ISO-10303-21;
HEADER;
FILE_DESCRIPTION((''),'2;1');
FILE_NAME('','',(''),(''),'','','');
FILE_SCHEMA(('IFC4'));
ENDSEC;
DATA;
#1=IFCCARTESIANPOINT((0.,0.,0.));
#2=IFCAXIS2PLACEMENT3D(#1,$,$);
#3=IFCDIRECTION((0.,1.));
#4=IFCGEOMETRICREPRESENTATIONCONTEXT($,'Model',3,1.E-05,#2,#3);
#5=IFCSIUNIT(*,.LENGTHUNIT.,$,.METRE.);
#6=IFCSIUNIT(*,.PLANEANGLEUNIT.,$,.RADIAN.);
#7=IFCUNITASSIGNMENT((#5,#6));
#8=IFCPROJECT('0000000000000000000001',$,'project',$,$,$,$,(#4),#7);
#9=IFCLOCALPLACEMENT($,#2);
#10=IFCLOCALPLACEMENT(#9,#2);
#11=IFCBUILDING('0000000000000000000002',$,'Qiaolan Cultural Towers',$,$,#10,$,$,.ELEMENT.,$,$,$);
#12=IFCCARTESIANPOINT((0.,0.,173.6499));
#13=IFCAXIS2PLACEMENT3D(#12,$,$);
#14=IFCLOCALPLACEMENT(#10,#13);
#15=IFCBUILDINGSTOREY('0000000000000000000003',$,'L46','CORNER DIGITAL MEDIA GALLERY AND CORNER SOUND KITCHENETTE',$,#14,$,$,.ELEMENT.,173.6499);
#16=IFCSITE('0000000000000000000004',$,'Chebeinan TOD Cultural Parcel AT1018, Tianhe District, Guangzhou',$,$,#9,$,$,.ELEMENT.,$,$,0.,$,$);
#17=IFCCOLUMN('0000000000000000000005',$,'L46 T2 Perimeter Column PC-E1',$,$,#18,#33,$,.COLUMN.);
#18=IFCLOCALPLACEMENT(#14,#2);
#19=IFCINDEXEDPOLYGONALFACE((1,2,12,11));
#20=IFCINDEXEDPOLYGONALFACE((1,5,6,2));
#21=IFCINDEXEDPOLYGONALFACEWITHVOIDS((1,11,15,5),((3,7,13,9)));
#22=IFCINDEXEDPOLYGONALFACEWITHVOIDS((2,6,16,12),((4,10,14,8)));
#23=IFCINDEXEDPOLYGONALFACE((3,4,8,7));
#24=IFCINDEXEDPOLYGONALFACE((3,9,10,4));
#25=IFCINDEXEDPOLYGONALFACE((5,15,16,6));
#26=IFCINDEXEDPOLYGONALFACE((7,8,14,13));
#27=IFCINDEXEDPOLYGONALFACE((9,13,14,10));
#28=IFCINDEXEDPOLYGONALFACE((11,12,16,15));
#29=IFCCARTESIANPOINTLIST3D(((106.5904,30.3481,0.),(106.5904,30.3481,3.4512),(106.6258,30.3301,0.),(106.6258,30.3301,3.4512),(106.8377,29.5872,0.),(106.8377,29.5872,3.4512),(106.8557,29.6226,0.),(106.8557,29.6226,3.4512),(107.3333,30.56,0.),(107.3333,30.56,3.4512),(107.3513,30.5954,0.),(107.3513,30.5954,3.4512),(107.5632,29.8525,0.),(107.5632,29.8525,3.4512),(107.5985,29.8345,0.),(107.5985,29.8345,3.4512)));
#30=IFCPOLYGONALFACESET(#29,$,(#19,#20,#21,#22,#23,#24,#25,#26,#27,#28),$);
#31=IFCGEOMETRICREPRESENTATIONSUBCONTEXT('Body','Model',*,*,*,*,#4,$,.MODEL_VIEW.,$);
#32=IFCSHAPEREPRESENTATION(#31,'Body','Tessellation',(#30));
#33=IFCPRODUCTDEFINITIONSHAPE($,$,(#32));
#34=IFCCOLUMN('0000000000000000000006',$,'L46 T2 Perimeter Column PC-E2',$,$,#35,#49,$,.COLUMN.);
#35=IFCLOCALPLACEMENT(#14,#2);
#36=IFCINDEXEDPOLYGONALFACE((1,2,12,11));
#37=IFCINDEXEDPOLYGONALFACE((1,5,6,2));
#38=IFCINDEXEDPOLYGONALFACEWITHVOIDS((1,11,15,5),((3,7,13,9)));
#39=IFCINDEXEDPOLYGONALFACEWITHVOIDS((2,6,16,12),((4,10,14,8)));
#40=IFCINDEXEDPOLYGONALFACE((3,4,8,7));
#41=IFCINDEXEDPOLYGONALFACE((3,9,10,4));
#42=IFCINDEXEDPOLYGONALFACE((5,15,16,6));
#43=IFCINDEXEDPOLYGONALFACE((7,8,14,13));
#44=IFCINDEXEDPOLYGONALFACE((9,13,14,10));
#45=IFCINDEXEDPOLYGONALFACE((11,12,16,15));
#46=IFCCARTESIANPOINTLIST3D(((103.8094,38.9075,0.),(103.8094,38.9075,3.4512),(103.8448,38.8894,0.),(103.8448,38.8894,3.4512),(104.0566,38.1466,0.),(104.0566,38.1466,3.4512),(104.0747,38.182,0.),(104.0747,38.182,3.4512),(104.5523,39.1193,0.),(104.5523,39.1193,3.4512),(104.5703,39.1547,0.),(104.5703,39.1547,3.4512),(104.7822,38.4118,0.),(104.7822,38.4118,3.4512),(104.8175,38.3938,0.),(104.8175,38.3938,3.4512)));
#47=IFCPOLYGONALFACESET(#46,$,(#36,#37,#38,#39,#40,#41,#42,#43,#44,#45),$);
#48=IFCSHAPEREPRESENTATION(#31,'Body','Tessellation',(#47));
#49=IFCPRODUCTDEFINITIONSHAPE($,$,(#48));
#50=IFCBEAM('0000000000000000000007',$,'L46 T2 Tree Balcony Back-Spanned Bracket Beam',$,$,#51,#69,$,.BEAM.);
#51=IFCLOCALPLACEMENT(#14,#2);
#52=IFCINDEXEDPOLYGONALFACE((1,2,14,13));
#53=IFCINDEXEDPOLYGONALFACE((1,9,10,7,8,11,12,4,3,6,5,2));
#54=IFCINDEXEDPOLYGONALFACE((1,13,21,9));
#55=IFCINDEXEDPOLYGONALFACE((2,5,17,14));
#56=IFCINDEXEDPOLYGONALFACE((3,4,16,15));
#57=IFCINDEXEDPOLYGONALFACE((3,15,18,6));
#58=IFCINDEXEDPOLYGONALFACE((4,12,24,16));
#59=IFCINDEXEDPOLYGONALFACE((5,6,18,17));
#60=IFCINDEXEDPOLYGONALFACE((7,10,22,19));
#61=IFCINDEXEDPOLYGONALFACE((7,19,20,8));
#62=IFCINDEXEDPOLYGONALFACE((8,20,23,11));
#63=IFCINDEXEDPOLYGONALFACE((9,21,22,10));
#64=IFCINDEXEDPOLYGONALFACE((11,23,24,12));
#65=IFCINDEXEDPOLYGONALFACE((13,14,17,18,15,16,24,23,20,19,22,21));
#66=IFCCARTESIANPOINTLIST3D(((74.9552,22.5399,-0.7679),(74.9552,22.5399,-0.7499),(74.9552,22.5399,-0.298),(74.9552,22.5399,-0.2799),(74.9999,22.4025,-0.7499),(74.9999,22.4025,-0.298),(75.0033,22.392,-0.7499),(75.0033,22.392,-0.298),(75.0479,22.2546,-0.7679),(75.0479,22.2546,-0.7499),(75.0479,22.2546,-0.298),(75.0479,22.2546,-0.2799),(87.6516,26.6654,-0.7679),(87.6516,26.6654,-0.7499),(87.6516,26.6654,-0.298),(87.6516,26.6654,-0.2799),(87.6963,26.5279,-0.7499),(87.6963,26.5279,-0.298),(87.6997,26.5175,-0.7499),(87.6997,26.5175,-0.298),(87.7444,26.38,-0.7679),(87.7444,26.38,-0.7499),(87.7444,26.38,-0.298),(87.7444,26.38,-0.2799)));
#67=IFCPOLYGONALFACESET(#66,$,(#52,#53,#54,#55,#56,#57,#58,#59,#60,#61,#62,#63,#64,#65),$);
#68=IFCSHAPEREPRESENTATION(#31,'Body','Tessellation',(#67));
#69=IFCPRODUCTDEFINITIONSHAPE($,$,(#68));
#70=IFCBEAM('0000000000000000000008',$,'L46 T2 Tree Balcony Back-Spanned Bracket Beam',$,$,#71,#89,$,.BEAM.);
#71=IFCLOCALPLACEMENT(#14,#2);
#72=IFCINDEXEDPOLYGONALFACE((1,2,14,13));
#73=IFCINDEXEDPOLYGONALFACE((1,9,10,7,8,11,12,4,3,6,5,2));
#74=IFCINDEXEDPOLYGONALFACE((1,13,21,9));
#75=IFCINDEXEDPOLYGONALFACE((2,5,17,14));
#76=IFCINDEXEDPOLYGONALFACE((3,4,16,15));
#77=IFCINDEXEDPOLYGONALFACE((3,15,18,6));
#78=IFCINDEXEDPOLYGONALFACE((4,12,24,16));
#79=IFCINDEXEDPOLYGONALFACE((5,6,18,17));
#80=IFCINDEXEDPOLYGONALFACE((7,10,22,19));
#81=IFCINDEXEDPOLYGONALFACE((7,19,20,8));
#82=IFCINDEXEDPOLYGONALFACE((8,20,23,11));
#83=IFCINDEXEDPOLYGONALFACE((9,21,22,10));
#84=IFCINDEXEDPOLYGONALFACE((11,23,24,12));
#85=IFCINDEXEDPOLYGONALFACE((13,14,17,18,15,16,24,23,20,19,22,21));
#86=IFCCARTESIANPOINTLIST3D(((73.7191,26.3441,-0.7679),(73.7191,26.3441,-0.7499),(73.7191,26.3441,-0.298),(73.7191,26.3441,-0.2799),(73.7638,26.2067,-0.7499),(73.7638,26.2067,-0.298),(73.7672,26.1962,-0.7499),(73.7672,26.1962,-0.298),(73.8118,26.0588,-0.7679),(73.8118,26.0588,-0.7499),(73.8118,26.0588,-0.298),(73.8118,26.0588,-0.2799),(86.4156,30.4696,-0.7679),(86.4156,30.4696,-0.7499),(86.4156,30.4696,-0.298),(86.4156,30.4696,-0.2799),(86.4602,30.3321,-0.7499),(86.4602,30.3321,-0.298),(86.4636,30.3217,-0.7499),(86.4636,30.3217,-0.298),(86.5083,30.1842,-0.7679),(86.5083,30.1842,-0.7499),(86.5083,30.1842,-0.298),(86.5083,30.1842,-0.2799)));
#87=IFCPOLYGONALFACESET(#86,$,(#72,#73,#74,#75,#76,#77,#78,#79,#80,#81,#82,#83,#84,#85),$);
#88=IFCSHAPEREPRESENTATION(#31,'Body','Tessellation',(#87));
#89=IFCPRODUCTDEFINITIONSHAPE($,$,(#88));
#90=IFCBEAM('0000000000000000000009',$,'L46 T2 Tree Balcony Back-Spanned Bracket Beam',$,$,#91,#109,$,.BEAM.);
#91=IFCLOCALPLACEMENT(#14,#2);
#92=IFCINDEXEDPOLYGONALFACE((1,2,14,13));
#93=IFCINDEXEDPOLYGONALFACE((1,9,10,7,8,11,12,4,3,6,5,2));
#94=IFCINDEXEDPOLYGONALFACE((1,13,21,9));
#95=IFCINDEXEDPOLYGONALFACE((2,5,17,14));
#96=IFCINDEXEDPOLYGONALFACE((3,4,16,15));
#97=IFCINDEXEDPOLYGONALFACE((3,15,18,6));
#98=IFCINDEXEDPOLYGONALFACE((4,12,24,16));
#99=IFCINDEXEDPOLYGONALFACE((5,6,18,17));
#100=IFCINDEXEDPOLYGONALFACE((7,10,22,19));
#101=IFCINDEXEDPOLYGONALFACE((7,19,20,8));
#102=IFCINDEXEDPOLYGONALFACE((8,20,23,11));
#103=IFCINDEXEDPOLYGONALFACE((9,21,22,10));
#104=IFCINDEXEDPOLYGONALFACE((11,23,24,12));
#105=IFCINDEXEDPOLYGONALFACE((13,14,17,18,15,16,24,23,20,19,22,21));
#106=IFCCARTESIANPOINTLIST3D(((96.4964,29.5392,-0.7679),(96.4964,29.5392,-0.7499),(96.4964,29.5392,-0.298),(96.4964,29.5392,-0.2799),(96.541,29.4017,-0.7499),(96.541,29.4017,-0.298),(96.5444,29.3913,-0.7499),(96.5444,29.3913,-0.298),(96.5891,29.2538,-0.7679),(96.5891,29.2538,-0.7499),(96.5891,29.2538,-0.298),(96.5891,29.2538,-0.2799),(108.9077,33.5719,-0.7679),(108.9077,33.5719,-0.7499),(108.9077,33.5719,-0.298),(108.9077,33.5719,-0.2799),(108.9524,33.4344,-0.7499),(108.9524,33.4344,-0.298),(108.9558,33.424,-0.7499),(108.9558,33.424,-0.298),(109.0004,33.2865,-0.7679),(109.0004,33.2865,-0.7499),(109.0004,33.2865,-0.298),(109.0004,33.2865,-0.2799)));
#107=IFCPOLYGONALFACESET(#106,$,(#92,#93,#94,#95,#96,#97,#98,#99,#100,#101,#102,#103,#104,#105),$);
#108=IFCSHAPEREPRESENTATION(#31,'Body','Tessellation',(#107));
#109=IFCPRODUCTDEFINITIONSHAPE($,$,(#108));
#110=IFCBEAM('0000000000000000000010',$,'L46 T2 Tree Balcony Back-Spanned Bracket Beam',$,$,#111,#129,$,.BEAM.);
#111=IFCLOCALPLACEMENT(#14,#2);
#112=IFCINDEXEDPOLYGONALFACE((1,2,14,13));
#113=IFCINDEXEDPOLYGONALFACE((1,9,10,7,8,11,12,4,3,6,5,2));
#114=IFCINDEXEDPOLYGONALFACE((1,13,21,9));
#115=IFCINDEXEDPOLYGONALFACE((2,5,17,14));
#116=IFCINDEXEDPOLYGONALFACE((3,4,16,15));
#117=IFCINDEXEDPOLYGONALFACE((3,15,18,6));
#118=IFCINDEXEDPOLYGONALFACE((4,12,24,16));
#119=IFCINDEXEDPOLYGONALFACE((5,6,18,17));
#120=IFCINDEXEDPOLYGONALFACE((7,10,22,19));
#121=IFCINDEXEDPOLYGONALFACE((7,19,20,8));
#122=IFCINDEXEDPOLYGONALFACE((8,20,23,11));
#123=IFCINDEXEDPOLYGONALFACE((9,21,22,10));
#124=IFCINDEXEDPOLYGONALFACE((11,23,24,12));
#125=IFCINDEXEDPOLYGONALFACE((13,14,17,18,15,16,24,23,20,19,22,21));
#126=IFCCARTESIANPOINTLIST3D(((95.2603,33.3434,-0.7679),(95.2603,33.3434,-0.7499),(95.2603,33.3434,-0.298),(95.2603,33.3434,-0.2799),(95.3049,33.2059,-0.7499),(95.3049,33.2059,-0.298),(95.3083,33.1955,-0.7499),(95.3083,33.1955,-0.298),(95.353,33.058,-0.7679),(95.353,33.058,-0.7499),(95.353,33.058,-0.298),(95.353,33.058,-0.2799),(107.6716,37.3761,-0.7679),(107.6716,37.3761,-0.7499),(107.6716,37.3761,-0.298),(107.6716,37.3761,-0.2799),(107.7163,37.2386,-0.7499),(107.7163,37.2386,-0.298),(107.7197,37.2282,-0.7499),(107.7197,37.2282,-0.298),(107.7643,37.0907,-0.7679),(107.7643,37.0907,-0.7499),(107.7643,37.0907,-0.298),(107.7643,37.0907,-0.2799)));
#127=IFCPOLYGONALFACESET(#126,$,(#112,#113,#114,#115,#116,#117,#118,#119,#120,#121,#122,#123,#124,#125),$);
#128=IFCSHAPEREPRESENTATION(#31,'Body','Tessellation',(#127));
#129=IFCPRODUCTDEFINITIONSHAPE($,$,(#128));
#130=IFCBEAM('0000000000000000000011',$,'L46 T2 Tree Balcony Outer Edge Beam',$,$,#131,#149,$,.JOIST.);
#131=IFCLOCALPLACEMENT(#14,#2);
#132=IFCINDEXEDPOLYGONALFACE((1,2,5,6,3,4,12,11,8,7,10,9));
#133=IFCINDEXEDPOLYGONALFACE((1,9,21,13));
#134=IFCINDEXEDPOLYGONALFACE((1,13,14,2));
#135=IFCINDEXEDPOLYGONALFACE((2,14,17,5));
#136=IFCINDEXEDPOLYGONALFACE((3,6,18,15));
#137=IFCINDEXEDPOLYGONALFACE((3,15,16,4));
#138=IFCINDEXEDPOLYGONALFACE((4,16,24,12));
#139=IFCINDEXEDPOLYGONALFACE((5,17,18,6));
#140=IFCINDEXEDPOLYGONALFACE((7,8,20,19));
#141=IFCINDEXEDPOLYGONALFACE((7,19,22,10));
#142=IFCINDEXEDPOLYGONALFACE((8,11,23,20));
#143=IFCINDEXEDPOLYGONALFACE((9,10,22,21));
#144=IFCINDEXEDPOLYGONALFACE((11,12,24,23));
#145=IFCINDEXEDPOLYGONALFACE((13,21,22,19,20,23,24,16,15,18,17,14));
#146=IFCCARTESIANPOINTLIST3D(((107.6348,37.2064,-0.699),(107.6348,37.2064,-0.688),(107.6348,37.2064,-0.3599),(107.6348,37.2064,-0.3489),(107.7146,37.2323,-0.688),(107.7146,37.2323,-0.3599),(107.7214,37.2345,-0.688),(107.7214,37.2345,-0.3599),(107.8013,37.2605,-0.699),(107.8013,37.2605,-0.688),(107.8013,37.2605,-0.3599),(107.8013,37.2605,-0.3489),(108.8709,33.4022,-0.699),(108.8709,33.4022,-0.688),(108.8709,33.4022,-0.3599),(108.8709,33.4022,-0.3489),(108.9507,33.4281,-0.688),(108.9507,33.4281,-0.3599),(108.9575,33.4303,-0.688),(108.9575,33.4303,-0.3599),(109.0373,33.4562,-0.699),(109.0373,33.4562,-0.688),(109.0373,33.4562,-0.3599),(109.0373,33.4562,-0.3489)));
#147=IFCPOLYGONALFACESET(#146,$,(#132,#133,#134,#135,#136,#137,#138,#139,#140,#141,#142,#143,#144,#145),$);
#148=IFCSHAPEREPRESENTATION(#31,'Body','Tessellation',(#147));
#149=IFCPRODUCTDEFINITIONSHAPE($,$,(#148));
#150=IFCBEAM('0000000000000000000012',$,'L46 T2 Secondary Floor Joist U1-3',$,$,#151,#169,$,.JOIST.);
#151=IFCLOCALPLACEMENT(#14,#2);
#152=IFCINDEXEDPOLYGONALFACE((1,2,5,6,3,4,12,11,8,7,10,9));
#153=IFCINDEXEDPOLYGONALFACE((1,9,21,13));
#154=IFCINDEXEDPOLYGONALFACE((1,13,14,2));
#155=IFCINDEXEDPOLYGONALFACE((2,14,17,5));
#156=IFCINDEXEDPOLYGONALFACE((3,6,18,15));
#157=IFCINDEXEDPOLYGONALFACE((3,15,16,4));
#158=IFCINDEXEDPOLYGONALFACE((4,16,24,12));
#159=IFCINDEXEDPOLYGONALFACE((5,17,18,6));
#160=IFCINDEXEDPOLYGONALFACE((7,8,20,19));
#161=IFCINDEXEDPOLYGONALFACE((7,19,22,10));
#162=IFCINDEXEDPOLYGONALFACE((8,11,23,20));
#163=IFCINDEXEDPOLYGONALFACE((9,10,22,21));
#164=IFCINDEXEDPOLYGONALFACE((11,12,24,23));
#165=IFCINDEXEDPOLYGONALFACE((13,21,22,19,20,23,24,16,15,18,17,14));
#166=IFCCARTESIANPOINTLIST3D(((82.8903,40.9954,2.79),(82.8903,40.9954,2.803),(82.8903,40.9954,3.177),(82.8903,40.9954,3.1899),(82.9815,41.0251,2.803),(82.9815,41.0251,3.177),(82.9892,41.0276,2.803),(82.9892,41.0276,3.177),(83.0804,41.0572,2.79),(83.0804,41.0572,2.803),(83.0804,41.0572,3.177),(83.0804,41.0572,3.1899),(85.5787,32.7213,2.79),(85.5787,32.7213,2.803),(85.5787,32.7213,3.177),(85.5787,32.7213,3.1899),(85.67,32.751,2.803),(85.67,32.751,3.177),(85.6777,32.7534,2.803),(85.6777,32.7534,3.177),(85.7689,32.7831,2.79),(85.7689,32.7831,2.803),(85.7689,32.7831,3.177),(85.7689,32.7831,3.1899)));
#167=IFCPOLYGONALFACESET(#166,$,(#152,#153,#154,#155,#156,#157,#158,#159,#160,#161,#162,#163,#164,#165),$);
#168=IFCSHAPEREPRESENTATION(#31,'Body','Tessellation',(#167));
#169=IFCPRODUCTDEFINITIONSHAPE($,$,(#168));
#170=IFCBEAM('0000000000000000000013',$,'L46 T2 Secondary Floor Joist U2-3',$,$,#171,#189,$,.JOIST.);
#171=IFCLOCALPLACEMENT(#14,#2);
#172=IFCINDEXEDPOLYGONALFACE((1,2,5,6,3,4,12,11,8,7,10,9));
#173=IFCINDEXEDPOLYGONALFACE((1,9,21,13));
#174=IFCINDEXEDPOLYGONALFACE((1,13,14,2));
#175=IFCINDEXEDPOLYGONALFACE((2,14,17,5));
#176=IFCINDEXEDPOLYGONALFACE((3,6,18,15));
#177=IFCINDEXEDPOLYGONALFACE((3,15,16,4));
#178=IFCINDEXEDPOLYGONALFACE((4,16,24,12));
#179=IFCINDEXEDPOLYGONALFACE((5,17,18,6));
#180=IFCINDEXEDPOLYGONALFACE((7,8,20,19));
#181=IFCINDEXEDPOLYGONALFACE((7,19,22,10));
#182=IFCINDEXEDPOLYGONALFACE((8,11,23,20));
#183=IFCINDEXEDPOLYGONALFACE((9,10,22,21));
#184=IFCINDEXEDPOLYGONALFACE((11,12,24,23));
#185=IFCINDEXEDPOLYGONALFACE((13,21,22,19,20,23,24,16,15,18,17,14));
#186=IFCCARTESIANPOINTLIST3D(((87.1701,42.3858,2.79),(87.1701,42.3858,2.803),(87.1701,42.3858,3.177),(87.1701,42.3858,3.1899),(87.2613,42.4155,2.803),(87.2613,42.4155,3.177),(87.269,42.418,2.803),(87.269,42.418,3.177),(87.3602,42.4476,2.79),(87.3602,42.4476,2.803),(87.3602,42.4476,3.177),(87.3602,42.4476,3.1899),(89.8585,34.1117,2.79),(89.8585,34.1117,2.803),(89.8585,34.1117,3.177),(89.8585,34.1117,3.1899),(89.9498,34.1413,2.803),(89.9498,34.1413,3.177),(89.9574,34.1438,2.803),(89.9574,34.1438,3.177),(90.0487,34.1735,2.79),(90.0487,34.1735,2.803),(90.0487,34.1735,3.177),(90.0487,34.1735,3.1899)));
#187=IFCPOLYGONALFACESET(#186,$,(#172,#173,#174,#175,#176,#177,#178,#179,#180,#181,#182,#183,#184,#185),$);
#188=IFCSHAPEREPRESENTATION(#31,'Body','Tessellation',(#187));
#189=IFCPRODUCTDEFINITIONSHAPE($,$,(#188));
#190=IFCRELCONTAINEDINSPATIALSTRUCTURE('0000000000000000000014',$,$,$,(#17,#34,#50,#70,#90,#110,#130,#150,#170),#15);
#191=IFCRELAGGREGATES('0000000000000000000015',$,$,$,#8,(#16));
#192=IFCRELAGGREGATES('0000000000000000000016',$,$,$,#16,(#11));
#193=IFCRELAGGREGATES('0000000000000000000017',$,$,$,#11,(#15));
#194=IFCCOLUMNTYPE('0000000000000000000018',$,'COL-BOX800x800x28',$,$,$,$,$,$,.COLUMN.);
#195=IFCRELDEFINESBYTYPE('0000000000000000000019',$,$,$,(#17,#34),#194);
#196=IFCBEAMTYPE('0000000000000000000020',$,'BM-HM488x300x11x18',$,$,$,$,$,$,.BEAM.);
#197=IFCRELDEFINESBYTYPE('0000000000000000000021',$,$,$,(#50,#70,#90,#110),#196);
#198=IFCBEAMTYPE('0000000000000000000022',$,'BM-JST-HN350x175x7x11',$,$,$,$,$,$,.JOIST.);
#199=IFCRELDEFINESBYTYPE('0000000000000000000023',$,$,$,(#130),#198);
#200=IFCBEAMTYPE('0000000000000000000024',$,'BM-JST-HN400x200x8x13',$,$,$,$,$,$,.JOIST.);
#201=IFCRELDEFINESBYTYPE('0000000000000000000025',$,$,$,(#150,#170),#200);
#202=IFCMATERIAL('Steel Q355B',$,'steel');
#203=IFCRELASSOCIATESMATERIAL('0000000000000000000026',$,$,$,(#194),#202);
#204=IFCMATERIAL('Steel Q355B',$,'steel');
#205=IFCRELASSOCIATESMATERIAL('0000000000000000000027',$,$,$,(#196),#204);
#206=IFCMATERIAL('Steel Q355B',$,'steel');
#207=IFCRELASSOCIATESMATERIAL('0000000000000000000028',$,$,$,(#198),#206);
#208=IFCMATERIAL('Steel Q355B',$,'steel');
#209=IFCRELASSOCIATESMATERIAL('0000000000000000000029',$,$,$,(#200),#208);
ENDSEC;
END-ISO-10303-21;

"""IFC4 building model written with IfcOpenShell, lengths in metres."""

from ifc_helpers import new_model, si_unit, direction, frame, origin, origin_2d, place, context, subcontext, project, spatial, hollow_rectangle, i_section, extrude, material, material_profile, profile_set, type_object, element, save


model = new_model("IFC4")

# Units and contexts
model_context = context("Model", 3, precision=1e-05, world=origin(), true_north=direction((0.0, 1.0)))
body_context = subcontext(model_context, "Body", "Model", "MODEL_VIEW")
ifc_project = project(units=[si_unit("LENGTHUNIT", "METRE"), si_unit("PLANEANGLEUNIT", "RADIAN")], contexts=[model_context])

# Site, building, storey
site_placement = place(None, origin())
site = spatial("IfcSite", under=ifc_project, at=site_placement, Name="Chebeinan TOD Cultural Parcel AT1018, Tianhe District, Guangzhou", CompositionType="ELEMENT", RefElevation=0.0)
building_placement = place(site_placement, origin())
building = spatial("IfcBuilding", under=site, at=building_placement, Name="Qiaolan Cultural Towers", CompositionType="ELEMENT")
storey_placement = place(building_placement, frame((0.0, 0.0, 173.6499)))
storey = spatial("IfcBuildingStorey", under=building, at=storey_placement, Name="L46", Description="CORNER DIGITAL MEDIA GALLERY AND CORNER SOUND KITCHENETTE", CompositionType="ELEMENT", Elevation=173.6499)

# Columns
ifc_material_1 = material(Name="Steel Q355B", Category="steel")
ifc_material_profile_1 = material_profile(ifc_material_1, hollow_rectangle(XDim=0.8, YDim=0.8, WallThickness=0.0281, at=origin_2d()), Name="BOX800x800x28")
ifc_profile_set_1 = profile_set([ifc_material_profile_1], Name="Steel Q355B")
column_type = type_object("IfcColumnType", Name="COL-BOX800x800x28", PredefinedType="COLUMN", material=ifc_profile_set_1)
for number, where, z_axis, x_axis, name in (
    (1, (107.0945, 30.0913, 0.0), (0.0, 0.0, 1.0), (0.951057, 0.309017, 0.0), "L46 T2 Perimeter Column PC-E1"),
    (2, (104.3135, 38.6506, 0.0), (0.0, 0.0, 1.0), (0.951057, 0.309017, 0.0), "L46 T2 Perimeter Column PC-E2"),
):
    element("IfcColumn", number, at=place(storey_placement, frame(where, z_axis=z_axis, x_axis=x_axis)), inside=storey, type_object=column_type, Name=name, PredefinedType="COLUMN", context=body_context, shape_type="SweptSolid", body=[
        extrude(hollow_rectangle(XDim=0.8, YDim=0.8, WallThickness=0.0281, at=origin_2d()), origin(), (0.0, 0.0, 1.0), 3.4512),
    ])

# Beams
ifc_material_2 = material(Name="Steel Q355B", Category="steel")
ifc_material_profile_2 = material_profile(ifc_material_2, i_section(OverallWidth=0.3, OverallDepth=0.488, WebThickness=0.011, FlangeThickness=0.0181, at=origin_2d()), Name="HM488x300x11x18")
ifc_profile_set_2 = profile_set([ifc_material_profile_2], Name="Steel Q355B")
beam_type_1 = type_object("IfcBeamType", Name="BM-HM488x300x11x18", PredefinedType="BEAM", material=ifc_profile_set_2)
for number, where, z_axis, x_axis, name in (
    (3, (87.698, 26.5227, -0.5239), (-0.951054, -0.309026, 0.0), (0.309026, -0.951054, 0.0), "L46 T2 Tree Balcony Back-Spanned Bracket Beam"),
    (4, (86.4619, 30.3269, -0.5239), (-0.951054, -0.309026, 0.0), (0.309026, -0.951054, 0.0), "L46 T2 Tree Balcony Back-Spanned Bracket Beam"),
):
    element("IfcBeam", number, at=place(storey_placement, frame(where, z_axis=z_axis, x_axis=x_axis)), inside=storey, type_object=beam_type_1, Name=name, PredefinedType="BEAM", context=body_context, shape_type="SweptSolid", body=[
        extrude(i_section(OverallWidth=0.3, OverallDepth=0.488, WebThickness=0.011, FlangeThickness=0.0181, at=origin_2d()), origin(), (0.0, 0.0, 1.0), 13.3499),
    ])
for number, where, z_axis, x_axis, name in (
    (5, (96.5427, 29.3965, -0.5239), (0.951056, 0.309018, 0.0), (-0.309018, 0.951056, 0.0), "L46 T2 Tree Balcony Back-Spanned Bracket Beam"),
    (6, (95.3066, 33.2007, -0.5239), (0.951056, 0.309018, 0.0), (-0.309018, 0.951056, 0.0), "L46 T2 Tree Balcony Back-Spanned Bracket Beam"),
):
    element("IfcBeam", number, at=place(storey_placement, frame(where, z_axis=z_axis, x_axis=x_axis)), inside=storey, type_object=beam_type_1, Name=name, PredefinedType="BEAM", context=body_context, shape_type="SweptSolid", body=[
        extrude(i_section(OverallWidth=0.3, OverallDepth=0.488, WebThickness=0.011, FlangeThickness=0.0181, at=origin_2d()), origin(), (0.0, 0.0, 1.0), 13.05),
    ])
ifc_material_3 = material(Name="Steel Q355B", Category="steel")
ifc_material_profile_3 = material_profile(ifc_material_3, i_section(OverallWidth=0.175, OverallDepth=0.3501, WebThickness=0.0071, FlangeThickness=0.011, at=origin_2d()), Name="HN350x175x7x11")
ifc_profile_set_3 = profile_set([ifc_material_profile_3], Name="Steel Q355B")
beam_type_2 = type_object("IfcBeamType", Name="BM-JST-HN350x175x7x11", PredefinedType="JOIST", material=ifc_profile_set_3)
beam_1_placement = place(storey_placement, frame((108.9541, 33.4292, -0.5239), z_axis=(-0.309023, 0.951055, 0.0), x_axis=(-0.951055, -0.309023, 0.0)))
element("IfcBeam", 7, at=beam_1_placement, inside=storey, type_object=beam_type_2, Name="L46 T2 Tree Balcony Outer Edge Beam", PredefinedType="JOIST", context=body_context, shape_type="SweptSolid", body=[
    extrude(i_section(OverallWidth=0.175, OverallDepth=0.3501, WebThickness=0.0071, FlangeThickness=0.011, at=origin_2d()), origin(), (0.0, 0.0, 1.0), 4.0),
])
ifc_material_4 = material(Name="Steel Q355B", Category="steel")
ifc_material_profile_4 = material_profile(ifc_material_4, i_section(OverallWidth=0.2, OverallDepth=0.3999, WebThickness=0.0081, FlangeThickness=0.0129, at=origin_2d()), Name="HN400x200x8x13")
ifc_profile_set_4 = profile_set([ifc_material_profile_4], Name="Steel Q355B")
beam_type_3 = type_object("IfcBeamType", Name="BM-JST-HN400x200x8x13", PredefinedType="JOIST", material=ifc_profile_set_4)
for number, where, z_axis, x_axis, name in (
    (8, (85.6738, 32.7522, 2.99), (-0.309021, 0.951055, 0.0), (-0.951055, -0.309021, 0.0), "L46 T2 Secondary Floor Joist U1-3"),
    (9, (89.9536, 34.1426, 2.99), (-0.309021, 0.951055, 0.0), (-0.951055, -0.309021, 0.0), "L46 T2 Secondary Floor Joist U2-3"),
):
    element("IfcBeam", number, at=place(storey_placement, frame(where, z_axis=z_axis, x_axis=x_axis)), inside=storey, type_object=beam_type_3, Name=name, PredefinedType="JOIST", context=body_context, shape_type="SweptSolid", body=[
        extrude(i_section(OverallWidth=0.2, OverallDepth=0.3999, WebThickness=0.0081, FlangeThickness=0.0129, at=origin_2d()), origin(), (0.0, 0.0, 1.0), 8.7),
    ])

save(model, "model.ifc")
